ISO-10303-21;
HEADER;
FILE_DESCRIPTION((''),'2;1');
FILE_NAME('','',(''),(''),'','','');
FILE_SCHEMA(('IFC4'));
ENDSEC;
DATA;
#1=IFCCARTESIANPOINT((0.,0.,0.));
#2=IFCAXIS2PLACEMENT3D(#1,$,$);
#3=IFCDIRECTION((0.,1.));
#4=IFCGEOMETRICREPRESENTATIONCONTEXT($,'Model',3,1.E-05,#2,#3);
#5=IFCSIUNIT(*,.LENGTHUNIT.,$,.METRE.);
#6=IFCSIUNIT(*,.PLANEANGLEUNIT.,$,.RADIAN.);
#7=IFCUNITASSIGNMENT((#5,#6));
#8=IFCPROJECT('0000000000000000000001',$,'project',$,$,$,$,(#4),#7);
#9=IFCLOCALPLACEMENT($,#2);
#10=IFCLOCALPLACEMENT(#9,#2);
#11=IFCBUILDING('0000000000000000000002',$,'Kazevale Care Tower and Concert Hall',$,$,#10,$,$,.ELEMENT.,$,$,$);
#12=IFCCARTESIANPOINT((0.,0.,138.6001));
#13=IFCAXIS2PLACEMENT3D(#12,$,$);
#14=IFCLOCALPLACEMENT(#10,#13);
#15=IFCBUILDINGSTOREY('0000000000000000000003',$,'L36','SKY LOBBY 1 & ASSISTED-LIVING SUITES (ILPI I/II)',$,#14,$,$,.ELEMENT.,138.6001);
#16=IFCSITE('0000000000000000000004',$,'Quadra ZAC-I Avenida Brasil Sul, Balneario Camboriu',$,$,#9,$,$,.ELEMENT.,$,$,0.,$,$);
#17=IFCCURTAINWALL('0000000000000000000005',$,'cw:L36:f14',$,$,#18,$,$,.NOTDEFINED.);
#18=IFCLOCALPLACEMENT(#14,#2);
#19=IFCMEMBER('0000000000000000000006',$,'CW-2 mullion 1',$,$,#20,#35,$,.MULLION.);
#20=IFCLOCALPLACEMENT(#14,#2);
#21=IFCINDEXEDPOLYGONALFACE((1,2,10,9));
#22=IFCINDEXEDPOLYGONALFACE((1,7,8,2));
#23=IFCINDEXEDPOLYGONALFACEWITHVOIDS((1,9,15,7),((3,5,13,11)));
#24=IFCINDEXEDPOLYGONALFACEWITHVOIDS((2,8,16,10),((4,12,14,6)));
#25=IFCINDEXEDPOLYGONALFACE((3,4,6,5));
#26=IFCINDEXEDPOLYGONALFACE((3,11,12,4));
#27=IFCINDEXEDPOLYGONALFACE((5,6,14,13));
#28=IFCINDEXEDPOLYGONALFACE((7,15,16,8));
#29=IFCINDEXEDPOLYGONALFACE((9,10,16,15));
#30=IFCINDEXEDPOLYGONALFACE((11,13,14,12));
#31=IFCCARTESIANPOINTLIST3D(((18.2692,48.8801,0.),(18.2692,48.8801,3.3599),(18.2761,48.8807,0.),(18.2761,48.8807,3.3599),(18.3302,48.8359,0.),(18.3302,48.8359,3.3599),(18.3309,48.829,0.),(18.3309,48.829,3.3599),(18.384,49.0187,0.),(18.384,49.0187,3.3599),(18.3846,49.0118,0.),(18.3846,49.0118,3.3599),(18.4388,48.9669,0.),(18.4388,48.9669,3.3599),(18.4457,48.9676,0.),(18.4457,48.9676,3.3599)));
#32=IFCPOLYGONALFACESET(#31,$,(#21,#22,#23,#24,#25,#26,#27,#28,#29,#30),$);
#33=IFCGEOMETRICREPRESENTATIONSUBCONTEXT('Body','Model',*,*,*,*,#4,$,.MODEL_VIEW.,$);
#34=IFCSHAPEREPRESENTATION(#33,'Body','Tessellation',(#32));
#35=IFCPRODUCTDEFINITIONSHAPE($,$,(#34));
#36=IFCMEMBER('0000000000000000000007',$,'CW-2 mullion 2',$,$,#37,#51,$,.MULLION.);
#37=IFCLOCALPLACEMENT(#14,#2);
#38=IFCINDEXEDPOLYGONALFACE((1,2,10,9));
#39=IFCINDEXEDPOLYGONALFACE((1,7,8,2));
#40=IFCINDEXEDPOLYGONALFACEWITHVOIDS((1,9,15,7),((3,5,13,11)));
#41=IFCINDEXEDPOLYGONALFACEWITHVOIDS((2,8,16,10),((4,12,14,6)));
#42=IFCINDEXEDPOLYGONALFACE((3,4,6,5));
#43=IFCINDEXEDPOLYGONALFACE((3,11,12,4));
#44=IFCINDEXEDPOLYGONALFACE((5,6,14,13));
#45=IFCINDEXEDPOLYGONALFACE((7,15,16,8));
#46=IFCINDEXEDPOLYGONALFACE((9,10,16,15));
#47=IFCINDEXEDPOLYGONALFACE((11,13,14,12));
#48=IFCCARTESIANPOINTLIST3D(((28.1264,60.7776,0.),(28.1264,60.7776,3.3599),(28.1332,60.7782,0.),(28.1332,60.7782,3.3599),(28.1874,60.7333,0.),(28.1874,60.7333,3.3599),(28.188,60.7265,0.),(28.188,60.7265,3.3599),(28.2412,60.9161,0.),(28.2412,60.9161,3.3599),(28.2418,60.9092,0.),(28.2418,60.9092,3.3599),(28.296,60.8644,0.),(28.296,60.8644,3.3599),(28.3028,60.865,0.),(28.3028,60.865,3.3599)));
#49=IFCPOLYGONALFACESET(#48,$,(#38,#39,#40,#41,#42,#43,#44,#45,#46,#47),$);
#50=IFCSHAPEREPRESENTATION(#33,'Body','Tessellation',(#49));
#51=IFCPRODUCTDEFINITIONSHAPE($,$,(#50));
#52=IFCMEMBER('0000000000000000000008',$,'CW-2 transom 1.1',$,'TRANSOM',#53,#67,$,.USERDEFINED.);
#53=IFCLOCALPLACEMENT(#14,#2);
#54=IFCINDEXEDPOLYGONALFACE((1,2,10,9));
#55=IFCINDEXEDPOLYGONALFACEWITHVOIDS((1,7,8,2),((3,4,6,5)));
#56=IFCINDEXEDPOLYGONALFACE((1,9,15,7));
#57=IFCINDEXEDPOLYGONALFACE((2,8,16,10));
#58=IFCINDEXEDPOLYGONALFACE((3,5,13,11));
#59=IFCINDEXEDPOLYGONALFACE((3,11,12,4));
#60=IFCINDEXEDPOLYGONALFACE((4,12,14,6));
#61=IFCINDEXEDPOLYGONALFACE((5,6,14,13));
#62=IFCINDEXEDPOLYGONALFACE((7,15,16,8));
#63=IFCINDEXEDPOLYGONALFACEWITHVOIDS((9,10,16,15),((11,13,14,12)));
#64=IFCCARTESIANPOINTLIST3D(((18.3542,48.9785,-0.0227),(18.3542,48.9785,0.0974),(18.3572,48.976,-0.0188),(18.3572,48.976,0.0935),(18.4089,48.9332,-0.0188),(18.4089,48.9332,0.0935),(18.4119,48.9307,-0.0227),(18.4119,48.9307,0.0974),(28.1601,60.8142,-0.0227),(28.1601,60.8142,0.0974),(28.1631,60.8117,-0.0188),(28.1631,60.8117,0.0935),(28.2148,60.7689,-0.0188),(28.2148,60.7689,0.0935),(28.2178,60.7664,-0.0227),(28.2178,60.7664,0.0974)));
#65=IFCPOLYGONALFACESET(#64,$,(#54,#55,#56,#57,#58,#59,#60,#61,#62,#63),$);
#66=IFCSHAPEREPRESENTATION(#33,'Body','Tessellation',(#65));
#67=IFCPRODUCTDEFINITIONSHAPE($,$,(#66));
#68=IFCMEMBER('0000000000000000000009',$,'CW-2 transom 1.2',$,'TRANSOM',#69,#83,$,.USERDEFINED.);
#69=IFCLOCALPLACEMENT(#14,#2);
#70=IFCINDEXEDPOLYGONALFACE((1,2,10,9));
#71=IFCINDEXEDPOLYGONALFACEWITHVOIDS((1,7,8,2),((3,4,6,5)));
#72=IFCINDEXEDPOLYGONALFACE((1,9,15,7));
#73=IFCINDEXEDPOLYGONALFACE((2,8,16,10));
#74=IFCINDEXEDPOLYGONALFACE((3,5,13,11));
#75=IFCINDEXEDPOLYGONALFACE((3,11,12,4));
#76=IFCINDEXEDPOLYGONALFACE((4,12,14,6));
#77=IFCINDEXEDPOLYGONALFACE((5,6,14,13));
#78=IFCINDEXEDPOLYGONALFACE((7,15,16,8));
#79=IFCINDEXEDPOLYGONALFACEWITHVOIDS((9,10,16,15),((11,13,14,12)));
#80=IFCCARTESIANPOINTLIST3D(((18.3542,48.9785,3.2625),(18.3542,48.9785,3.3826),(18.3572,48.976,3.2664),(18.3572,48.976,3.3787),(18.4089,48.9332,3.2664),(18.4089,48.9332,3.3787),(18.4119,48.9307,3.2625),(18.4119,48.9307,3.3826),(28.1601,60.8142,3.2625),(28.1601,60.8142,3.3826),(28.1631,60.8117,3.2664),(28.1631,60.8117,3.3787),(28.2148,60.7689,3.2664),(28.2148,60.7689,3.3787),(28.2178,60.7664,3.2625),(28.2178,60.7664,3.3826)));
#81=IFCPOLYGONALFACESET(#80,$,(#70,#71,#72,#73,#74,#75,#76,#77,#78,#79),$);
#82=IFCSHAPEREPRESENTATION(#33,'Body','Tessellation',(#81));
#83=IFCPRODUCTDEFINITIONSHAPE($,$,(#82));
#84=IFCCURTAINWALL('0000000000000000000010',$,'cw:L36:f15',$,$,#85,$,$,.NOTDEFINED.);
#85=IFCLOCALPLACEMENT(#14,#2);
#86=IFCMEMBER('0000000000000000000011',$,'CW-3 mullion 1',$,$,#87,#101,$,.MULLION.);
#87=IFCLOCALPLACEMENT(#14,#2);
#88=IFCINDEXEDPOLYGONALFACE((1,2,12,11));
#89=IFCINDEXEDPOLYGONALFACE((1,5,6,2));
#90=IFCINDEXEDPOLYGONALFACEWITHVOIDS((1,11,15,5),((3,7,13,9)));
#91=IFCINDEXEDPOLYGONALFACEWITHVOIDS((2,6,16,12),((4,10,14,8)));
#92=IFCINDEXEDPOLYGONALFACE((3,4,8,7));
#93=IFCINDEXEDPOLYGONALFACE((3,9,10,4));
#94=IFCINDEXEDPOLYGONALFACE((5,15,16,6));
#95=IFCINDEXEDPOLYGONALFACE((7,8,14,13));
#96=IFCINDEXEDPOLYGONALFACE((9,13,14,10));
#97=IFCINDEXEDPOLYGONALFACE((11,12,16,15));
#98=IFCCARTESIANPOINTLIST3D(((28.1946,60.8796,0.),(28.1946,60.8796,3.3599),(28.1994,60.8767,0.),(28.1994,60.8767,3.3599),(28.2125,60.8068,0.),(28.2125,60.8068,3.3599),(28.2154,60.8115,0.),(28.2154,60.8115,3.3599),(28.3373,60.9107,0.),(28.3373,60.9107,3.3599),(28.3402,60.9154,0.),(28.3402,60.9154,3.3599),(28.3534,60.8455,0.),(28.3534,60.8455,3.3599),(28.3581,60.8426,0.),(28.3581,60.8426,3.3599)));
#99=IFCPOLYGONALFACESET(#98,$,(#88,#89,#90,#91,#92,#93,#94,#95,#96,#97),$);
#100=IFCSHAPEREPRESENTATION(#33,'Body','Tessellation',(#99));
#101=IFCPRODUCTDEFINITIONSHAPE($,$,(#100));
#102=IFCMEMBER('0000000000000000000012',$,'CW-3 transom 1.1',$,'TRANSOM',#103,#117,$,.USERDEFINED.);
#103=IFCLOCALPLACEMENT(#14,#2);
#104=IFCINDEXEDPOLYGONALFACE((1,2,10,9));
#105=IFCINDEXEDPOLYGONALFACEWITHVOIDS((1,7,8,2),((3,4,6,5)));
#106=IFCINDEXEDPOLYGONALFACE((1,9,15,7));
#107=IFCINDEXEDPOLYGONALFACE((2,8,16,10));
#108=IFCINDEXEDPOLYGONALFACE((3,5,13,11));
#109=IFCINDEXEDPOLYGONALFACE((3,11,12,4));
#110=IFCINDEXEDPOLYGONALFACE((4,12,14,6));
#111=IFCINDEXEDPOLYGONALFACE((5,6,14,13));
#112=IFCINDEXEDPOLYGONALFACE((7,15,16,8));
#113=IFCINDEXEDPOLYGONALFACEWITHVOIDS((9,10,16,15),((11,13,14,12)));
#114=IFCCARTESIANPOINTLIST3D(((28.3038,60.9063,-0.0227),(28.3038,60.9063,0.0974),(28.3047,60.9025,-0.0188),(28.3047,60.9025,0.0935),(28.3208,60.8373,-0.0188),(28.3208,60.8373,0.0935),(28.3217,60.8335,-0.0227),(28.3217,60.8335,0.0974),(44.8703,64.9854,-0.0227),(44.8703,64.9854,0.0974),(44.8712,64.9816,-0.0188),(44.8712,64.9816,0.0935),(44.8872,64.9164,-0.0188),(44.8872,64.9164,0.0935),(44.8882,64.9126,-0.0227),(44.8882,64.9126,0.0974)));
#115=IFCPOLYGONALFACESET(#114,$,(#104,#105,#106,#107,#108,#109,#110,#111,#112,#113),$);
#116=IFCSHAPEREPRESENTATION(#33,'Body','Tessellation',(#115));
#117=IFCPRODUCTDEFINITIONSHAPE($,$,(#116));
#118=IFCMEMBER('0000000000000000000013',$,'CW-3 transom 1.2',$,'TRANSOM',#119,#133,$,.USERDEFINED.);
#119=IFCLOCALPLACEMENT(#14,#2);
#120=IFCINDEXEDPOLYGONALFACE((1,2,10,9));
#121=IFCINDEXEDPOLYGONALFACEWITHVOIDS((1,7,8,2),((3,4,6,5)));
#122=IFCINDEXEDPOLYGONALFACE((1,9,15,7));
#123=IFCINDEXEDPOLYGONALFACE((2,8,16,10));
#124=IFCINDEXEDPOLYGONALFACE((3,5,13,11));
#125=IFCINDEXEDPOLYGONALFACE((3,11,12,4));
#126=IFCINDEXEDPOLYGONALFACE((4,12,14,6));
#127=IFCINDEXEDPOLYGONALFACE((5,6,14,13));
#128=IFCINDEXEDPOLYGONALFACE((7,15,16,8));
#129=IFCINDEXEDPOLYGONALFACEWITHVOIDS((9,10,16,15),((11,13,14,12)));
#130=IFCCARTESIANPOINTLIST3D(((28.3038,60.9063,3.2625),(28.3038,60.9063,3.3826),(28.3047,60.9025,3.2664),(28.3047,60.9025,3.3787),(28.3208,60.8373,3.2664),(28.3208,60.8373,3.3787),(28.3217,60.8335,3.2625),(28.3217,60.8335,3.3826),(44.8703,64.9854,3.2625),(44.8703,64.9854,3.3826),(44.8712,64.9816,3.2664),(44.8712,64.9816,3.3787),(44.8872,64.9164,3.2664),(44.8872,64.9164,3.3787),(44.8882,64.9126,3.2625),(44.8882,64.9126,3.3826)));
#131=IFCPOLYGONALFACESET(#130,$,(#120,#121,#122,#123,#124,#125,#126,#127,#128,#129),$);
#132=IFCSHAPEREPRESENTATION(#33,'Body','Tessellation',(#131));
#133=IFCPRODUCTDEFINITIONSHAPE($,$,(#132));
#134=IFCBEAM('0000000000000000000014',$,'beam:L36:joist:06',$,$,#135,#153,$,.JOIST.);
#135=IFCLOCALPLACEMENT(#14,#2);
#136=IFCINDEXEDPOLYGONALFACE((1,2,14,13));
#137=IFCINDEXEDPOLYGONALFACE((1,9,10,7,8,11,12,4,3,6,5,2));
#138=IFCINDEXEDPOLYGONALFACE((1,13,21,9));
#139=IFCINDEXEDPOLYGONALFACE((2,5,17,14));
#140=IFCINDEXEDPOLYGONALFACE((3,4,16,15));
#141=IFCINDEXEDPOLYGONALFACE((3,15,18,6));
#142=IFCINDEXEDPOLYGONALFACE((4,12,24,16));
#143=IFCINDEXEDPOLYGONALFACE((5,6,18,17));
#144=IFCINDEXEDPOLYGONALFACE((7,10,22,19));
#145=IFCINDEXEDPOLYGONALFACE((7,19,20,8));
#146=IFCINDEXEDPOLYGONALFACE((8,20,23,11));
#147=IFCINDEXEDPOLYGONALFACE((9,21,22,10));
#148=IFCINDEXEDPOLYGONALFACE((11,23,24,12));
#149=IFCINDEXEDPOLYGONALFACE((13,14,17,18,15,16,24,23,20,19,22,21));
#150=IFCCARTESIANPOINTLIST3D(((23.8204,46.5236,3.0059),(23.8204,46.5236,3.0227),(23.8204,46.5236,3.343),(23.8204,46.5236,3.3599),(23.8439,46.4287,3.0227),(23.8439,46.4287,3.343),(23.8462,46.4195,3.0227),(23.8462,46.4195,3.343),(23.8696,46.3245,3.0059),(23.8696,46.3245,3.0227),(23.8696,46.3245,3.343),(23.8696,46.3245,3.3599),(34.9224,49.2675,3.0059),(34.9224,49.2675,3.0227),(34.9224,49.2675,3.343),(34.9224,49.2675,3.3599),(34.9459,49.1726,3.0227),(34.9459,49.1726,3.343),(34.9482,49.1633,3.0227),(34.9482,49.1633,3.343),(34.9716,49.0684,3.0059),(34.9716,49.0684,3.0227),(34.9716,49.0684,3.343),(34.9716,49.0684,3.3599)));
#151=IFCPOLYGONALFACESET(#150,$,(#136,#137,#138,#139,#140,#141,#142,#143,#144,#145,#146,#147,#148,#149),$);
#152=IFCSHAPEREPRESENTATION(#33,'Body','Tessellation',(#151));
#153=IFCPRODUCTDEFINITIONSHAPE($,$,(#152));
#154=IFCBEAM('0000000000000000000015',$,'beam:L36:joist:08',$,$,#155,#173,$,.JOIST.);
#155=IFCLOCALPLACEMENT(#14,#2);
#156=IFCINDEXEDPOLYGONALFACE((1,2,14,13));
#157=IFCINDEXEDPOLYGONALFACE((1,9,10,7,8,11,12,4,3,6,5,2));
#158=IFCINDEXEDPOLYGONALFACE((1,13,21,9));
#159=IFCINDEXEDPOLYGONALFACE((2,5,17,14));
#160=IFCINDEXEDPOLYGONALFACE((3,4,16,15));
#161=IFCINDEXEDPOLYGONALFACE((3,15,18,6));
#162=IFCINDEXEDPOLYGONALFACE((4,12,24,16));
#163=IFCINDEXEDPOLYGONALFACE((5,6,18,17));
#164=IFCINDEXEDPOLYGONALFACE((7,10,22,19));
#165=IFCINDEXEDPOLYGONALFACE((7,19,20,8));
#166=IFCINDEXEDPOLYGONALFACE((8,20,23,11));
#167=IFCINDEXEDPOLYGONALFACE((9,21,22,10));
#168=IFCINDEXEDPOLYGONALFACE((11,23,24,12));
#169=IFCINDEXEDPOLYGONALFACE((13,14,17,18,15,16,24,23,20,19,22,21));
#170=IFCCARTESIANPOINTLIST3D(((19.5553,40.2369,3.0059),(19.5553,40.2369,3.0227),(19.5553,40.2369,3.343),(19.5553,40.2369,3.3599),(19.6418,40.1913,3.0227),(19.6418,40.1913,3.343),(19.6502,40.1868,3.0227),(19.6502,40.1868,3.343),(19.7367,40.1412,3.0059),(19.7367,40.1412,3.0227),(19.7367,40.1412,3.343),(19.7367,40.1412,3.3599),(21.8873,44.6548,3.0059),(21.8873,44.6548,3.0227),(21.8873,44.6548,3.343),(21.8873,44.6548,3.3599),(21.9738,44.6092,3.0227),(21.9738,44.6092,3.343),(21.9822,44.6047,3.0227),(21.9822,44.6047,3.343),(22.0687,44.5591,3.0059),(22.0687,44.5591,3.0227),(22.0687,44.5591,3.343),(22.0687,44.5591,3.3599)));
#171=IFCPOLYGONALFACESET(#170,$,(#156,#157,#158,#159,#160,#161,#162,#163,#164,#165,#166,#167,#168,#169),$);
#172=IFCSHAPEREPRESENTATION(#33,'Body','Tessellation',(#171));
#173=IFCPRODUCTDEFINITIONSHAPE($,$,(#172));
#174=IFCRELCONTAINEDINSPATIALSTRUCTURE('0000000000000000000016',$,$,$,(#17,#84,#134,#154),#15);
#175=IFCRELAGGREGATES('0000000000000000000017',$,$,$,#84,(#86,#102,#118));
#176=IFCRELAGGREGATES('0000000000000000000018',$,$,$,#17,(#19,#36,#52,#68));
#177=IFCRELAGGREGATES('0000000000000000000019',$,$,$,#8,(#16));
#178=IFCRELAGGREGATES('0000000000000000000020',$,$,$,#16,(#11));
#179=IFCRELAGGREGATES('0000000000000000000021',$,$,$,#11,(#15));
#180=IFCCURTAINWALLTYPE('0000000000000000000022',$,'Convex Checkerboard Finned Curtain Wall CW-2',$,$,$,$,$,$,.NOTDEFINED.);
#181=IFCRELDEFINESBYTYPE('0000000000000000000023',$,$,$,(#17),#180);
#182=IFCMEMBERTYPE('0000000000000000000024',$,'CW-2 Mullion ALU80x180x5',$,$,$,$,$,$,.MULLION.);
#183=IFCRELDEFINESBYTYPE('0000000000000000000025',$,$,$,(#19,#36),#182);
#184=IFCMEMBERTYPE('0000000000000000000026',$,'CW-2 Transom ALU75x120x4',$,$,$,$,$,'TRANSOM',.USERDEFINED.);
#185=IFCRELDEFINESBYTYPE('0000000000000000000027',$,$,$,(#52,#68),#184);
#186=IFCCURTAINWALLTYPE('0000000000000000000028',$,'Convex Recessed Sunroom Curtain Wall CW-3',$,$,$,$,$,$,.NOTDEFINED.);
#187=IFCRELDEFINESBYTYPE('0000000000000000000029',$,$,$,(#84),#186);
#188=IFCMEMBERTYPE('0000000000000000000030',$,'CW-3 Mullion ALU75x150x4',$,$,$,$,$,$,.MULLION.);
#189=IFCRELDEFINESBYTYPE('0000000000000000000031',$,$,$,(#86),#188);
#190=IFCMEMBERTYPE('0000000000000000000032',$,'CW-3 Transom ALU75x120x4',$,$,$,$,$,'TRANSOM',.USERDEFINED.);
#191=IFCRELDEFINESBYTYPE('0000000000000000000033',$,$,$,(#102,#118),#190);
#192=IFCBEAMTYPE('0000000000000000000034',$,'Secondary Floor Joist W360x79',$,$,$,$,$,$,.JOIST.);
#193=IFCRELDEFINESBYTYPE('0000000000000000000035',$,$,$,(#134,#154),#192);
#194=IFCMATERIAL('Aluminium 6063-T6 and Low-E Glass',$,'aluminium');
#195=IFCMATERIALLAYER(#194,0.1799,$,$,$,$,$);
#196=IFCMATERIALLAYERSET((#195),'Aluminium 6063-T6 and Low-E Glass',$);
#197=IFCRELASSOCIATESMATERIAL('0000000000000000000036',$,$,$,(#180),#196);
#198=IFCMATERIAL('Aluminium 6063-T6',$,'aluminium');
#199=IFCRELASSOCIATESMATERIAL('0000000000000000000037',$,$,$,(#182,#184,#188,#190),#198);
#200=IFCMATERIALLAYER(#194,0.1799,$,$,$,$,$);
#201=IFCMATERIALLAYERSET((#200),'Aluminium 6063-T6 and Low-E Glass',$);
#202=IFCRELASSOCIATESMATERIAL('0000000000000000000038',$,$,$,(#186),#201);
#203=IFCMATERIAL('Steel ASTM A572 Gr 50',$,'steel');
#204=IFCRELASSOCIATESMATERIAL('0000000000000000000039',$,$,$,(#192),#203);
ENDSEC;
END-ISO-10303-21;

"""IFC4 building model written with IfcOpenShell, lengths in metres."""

from ifc_helpers import new_model, si_unit, direction, frame, origin, origin_2d, place, context, subcontext, project, spatial, hollow_rectangle, i_section, extrude, material, layer, layer_set, material_profile, profile_set, type_object, element, aggregate, save


model = new_model("IFC4")

# Units and contexts
model_context = context("Model", 3, precision=1e-05, world=origin(), true_north=direction((0.0, 1.0)))
body_context = subcontext(model_context, "Body", "Model", "MODEL_VIEW")
ifc_project = project(units=[si_unit("LENGTHUNIT", "METRE"), si_unit("PLANEANGLEUNIT", "RADIAN")], contexts=[model_context])

# Site, building, storey
site_placement = place(None, origin())
site = spatial("IfcSite", under=ifc_project, at=site_placement, Name="Quadra ZAC-I Avenida Brasil Sul, Balneario Camboriu", CompositionType="ELEMENT", RefElevation=0.0)
building_placement = place(site_placement, origin())
building = spatial("IfcBuilding", under=site, at=building_placement, Name="Kazevale Care Tower and Concert Hall", CompositionType="ELEMENT")
storey_placement = place(building_placement, frame((0.0, 0.0, 138.6001)))
storey = spatial("IfcBuildingStorey", under=building, at=storey_placement, Name="L36", Description="SKY LOBBY 1 & ASSISTED-LIVING SUITES (ILPI I/II)", CompositionType="ELEMENT", Elevation=138.6001)

# Curtain walls, members
ifc_material_1 = material(Name="Aluminium 6063-T6 and Low-E Glass", Category="aluminium")
ifc_layer_1 = layer(ifc_material_1, 0.1799)
ifc_layer_set_1 = layer_set([ifc_layer_1], Name="Aluminium 6063-T6 and Low-E Glass")
curtain_wall_type_1 = type_object("IfcCurtainWallType", Name="Convex Checkerboard Finned Curtain Wall CW-2", PredefinedType="NOTDEFINED", material=ifc_layer_set_1)
curtain_wall_1_placement = place(storey_placement, origin())
curtain_wall_1 = element("IfcCurtainWall", 1, at=curtain_wall_1_placement, inside=storey, type_object=curtain_wall_type_1, Name="cw:L36:f14", PredefinedType="NOTDEFINED")
ifc_material_2 = material(Name="Aluminium 6063-T6", Category="aluminium")
ifc_material_profile_1 = material_profile(ifc_material_2, hollow_rectangle(XDim=0.0801, YDim=0.1799, WallThickness=0.0049, at=origin_2d()), Name="ALU80x180x5")
ifc_profile_set_1 = profile_set([ifc_material_profile_1], Name="Aluminium 6063-T6")
member_type_1 = type_object("IfcMemberType", Name="CW-2 Mullion ALU80x180x5", PredefinedType="MULLION", material=ifc_profile_set_1)
member_1_placement = place(storey_placement, frame((18.3574, 48.9238, 0.0), z_axis=(0.0, 0.0, 1.0), x_axis=(-0.77005, 0.637984, 0.0)))
member_1 = element("IfcMember", 2, at=member_1_placement, type_object=member_type_1, Name="CW-2 mullion 1", PredefinedType="MULLION", context=body_context, shape_type="SweptSolid", body=[
    extrude(hollow_rectangle(XDim=0.0801, YDim=0.1799, WallThickness=0.0049, at=origin_2d()), origin(), (0.0, 0.0, 1.0), 3.3599),
])
member_2_placement = place(storey_placement, frame((28.2146, 60.8213, 0.0), z_axis=(0.0, 0.0, 1.0), x_axis=(-0.77005, 0.637984, 0.0)))
member_2 = element("IfcMember", 3, at=member_2_placement, type_object=member_type_1, Name="CW-2 mullion 2", PredefinedType="MULLION", context=body_context, shape_type="SweptSolid", body=[
    extrude(hollow_rectangle(XDim=0.0801, YDim=0.1799, WallThickness=0.0049, at=origin_2d()), origin(), (0.0, 0.0, 1.0), 3.3599),
])
ifc_material_profile_2 = material_profile(ifc_material_2, hollow_rectangle(XDim=0.075, YDim=0.1201, WallThickness=0.0039, at=origin_2d()), Name="ALU75x120x4")
ifc_profile_set_2 = profile_set([ifc_material_profile_2], Name="Aluminium 6063-T6")
member_type_2 = type_object("IfcMemberType", Name="CW-2 Transom ALU75x120x4", ElementType="TRANSOM", PredefinedType="USERDEFINED", material=ifc_profile_set_2)
member_3_placement = place(storey_placement, frame((18.3831, 48.9546, 0.0374), z_axis=(0.637987, 0.770047, 0.0), x_axis=(-0.770047, 0.637987, 0.0)))
member_3 = element("IfcMember", 4, at=member_3_placement, type_object=member_type_2, Name="CW-2 transom 1.1", ObjectType="TRANSOM", PredefinedType="USERDEFINED", context=body_context, shape_type="SweptSolid", body=[
    extrude(hollow_rectangle(XDim=0.075, YDim=0.1201, WallThickness=0.0039, at=origin_2d()), origin(), (0.0, 0.0, 1.0), 15.3701),
])
member_4_placement = place(storey_placement, frame((18.3831, 48.9546, 3.3225), z_axis=(0.637987, 0.770047, 0.0), x_axis=(-0.770047, 0.637987, 0.0)))
member_4 = element("IfcMember", 5, at=member_4_placement, type_object=member_type_2, Name="CW-2 transom 1.2", ObjectType="TRANSOM", PredefinedType="USERDEFINED", context=body_context, shape_type="SweptSolid", body=[
    extrude(hollow_rectangle(XDim=0.075, YDim=0.1201, WallThickness=0.0039, at=origin_2d()), origin(), (0.0, 0.0, 1.0), 15.3701),
])
ifc_layer_2 = layer(ifc_material_1, 0.1799)
ifc_layer_set_2 = layer_set([ifc_layer_2], Name="Aluminium 6063-T6 and Low-E Glass")
curtain_wall_type_2 = type_object("IfcCurtainWallType", Name="Convex Recessed Sunroom Curtain Wall CW-3", PredefinedType="NOTDEFINED", material=ifc_layer_set_2)
curtain_wall_2_placement = place(storey_placement, origin())
curtain_wall_2 = element("IfcCurtainWall", 6, at=curtain_wall_2_placement, inside=storey, type_object=curtain_wall_type_2, Name="cw:L36:f15", PredefinedType="NOTDEFINED")
ifc_material_profile_3 = material_profile(ifc_material_2, hollow_rectangle(XDim=0.075, YDim=0.1499, WallThickness=0.0039, at=origin_2d()), Name="ALU75x150x4")
ifc_profile_set_3 = profile_set([ifc_material_profile_3], Name="Aluminium 6063-T6")
member_type_3 = type_object("IfcMemberType", Name="CW-3 Mullion ALU75x150x4", PredefinedType="MULLION", material=ifc_profile_set_3)
member_5_placement = place(storey_placement, frame((28.2764, 60.8611, 0.0), z_axis=(0.0, 0.0, 1.0), x_axis=(-0.239089, 0.970998, 0.0)))
member_5 = element("IfcMember", 7, at=member_5_placement, type_object=member_type_3, Name="CW-3 mullion 1", PredefinedType="MULLION", context=body_context, shape_type="SweptSolid", body=[
    extrude(hollow_rectangle(XDim=0.075, YDim=0.1499, WallThickness=0.0039, at=origin_2d()), origin(), (0.0, 0.0, 1.0), 3.3599),
])
ifc_material_profile_4 = material_profile(ifc_material_2, hollow_rectangle(XDim=0.075, YDim=0.1201, WallThickness=0.0039, at=origin_2d()), Name="ALU75x120x4")
ifc_profile_set_4 = profile_set([ifc_material_profile_4], Name="Aluminium 6063-T6")
member_type_4 = type_object("IfcMemberType", Name="CW-3 Transom ALU75x120x4", ElementType="TRANSOM", PredefinedType="USERDEFINED", material=ifc_profile_set_4)
member_6_placement = place(storey_placement, frame((28.3127, 60.8699, 0.0374), z_axis=(0.970998, 0.239086, 0.0), x_axis=(-0.239086, 0.970998, 0.0)))
member_6 = element("IfcMember", 8, at=member_6_placement, type_object=member_type_4, Name="CW-3 transom 1.1", ObjectType="TRANSOM", PredefinedType="USERDEFINED", context=body_context, shape_type="SweptSolid", body=[
    extrude(hollow_rectangle(XDim=0.075, YDim=0.1201, WallThickness=0.0039, at=origin_2d()), origin(), (0.0, 0.0, 1.0), 17.0613),
])
member_7_placement = place(storey_placement, frame((28.3127, 60.8699, 3.3225), z_axis=(0.970998, 0.239086, 0.0), x_axis=(-0.239086, 0.970998, 0.0)))
member_7 = element("IfcMember", 9, at=member_7_placement, type_object=member_type_4, Name="CW-3 transom 1.2", ObjectType="TRANSOM", PredefinedType="USERDEFINED", context=body_context, shape_type="SweptSolid", body=[
    extrude(hollow_rectangle(XDim=0.075, YDim=0.1201, WallThickness=0.0039, at=origin_2d()), origin(), (0.0, 0.0, 1.0), 17.0613),
])
aggregate(curtain_wall_2, [member_5, member_6, member_7])

# Beams
ifc_material_3 = material(Name="Steel ASTM A572 Gr 50", Category="steel")
ifc_material_profile_5 = material_profile(ifc_material_3, i_section(OverallWidth=0.2051, OverallDepth=0.354, WebThickness=0.0095, FlangeThickness=0.0168, at=origin_2d()), Name="W360x79")
ifc_profile_set_5 = profile_set([ifc_material_profile_5], Name="Steel ASTM A572 Gr 50")
beam_type_1 = type_object("IfcBeamType", Name="Secondary Floor Joist W360x79", PredefinedType="JOIST", material=ifc_profile_set_5)
beam_1_placement = place(storey_placement, frame((34.947, 49.168, 3.1829), z_axis=(-0.97079, -0.239933, 0.0), x_axis=(0.239933, -0.97079, 0.0)))
element("IfcBeam", 10, at=beam_1_placement, inside=storey, type_object=beam_type_1, Name="beam:L36:joist:06", PredefinedType="JOIST", context=body_context, shape_type="SweptSolid", body=[
    extrude(i_section(OverallWidth=0.2051, OverallDepth=0.354, WebThickness=0.0095, FlangeThickness=0.0168, at=origin_2d()), origin(), (0.0, 0.0, 1.0), 11.436),
])
beam_2_placement = place(storey_placement, frame((21.978, 44.6069, 3.1829), z_axis=(-0.46681, -0.884358, 0.0), x_axis=(0.884358, -0.46681, 0.0)))
element("IfcBeam", 11, at=beam_2_placement, inside=storey, type_object=beam_type_1, Name="beam:L36:joist:08", PredefinedType="JOIST", context=body_context, shape_type="SweptSolid", body=[
    extrude(i_section(OverallWidth=0.2051, OverallDepth=0.354, WebThickness=0.0095, FlangeThickness=0.0168, at=origin_2d()), origin(), (0.0, 0.0, 1.0), 4.9956),
])

aggregate(curtain_wall_1, [member_1, member_2, member_3, member_4])

save(model, "model.ifc")
